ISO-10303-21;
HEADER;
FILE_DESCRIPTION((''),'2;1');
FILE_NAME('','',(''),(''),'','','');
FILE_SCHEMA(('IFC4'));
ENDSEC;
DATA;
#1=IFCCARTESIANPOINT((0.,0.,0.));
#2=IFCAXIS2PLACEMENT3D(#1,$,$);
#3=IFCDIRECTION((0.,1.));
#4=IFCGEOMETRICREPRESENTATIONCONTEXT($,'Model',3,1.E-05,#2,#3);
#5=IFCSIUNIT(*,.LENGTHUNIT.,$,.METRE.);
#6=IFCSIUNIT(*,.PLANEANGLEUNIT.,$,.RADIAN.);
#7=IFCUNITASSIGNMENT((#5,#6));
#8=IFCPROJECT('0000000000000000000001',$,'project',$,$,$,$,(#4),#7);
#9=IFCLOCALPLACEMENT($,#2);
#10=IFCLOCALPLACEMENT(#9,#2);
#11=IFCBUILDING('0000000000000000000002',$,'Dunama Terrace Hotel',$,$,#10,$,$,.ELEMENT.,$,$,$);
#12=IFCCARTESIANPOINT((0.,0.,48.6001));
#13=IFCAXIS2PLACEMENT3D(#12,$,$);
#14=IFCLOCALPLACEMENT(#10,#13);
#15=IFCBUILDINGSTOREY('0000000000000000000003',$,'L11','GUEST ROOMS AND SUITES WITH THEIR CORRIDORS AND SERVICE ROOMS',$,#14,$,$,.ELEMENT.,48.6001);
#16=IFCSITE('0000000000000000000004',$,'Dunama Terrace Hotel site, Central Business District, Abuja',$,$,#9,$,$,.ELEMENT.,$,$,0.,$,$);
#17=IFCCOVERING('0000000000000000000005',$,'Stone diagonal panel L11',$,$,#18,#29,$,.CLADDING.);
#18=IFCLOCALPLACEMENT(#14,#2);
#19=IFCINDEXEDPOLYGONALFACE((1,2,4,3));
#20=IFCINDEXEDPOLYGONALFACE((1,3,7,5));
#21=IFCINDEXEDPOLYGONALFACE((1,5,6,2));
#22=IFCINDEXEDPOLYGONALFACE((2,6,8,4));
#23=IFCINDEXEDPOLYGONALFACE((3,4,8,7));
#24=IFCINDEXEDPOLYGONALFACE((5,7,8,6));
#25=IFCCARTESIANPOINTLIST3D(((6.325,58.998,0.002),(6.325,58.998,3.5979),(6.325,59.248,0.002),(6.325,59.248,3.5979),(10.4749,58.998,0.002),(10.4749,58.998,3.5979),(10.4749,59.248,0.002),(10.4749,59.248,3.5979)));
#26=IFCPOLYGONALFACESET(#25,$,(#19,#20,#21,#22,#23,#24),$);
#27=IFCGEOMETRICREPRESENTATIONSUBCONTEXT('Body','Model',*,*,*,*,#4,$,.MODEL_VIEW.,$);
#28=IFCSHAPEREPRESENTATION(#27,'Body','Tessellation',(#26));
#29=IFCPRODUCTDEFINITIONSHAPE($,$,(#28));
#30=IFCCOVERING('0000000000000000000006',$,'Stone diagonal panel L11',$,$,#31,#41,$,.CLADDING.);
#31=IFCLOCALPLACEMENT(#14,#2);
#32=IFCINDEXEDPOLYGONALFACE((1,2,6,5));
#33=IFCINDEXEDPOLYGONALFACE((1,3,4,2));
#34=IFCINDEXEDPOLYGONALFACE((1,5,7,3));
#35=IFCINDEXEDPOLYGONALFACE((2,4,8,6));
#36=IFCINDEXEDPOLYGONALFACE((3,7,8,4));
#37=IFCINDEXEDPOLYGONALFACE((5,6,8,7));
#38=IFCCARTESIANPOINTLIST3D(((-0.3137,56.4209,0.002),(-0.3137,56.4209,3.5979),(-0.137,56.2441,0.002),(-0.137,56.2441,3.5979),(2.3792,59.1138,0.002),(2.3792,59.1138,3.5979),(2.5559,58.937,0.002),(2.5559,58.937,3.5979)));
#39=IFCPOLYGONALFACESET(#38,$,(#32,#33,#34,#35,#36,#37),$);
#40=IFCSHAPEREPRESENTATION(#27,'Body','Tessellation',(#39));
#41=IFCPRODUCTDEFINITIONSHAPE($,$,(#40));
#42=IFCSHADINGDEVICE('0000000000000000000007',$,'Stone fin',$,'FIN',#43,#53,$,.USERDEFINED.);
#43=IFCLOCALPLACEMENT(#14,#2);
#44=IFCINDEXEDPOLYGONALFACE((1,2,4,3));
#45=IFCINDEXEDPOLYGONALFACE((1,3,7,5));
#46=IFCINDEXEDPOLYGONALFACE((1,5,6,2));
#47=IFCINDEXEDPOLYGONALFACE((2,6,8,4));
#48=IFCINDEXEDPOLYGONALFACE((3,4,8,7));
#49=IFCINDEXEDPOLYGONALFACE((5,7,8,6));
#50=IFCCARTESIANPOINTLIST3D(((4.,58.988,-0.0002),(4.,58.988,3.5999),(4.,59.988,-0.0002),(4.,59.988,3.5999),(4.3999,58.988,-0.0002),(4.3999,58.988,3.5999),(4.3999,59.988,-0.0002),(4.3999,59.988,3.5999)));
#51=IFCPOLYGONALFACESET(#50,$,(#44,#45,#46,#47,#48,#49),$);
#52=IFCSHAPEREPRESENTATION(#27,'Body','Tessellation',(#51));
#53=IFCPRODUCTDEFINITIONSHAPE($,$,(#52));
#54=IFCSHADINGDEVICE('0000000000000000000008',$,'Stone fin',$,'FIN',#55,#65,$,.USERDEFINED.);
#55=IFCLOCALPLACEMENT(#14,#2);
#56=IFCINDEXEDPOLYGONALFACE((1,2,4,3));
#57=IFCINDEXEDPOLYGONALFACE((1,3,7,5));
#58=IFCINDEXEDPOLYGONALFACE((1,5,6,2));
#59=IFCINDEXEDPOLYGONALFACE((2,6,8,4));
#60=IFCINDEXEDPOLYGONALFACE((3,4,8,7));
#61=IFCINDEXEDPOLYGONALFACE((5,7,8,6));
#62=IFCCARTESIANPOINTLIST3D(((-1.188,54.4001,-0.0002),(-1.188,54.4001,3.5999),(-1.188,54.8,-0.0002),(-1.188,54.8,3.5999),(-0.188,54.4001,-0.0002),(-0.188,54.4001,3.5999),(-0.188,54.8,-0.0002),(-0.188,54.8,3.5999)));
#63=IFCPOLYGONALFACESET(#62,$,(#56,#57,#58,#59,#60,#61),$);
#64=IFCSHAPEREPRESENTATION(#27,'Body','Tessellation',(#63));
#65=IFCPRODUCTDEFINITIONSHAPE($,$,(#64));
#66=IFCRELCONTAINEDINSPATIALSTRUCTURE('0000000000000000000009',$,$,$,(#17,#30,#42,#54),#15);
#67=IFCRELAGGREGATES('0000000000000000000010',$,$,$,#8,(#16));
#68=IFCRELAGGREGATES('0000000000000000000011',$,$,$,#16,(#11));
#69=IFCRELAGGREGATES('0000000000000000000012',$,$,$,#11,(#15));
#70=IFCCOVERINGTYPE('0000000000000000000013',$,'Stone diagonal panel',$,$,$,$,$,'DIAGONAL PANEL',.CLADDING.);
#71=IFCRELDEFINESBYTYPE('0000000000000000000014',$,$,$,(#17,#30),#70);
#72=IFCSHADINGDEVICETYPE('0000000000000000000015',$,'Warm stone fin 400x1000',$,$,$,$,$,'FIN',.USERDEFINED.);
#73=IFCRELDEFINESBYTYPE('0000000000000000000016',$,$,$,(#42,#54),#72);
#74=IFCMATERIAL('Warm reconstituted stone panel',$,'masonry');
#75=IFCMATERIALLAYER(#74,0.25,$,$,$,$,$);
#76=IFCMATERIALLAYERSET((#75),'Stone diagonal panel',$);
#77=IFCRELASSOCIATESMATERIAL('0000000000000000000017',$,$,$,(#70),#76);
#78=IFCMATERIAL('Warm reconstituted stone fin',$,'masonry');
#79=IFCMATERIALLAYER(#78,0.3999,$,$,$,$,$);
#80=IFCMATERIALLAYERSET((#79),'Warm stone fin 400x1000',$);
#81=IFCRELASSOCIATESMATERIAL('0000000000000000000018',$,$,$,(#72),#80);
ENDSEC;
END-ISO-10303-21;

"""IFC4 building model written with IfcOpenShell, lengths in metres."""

from ifc_helpers import new_model, si_unit, direction, frame, origin, origin_2d, place, context, subcontext, project, spatial, rectangle, extrude, material, layer, layer_set, type_object, element, save


model = new_model("IFC4")

# Units and contexts
model_context = context("Model", 3, precision=1e-05, world=origin(), true_north=direction((0.0, 1.0)))
body_context = subcontext(model_context, "Body", "Model", "MODEL_VIEW")
ifc_project = project(units=[si_unit("LENGTHUNIT", "METRE"), si_unit("PLANEANGLEUNIT", "RADIAN")], contexts=[model_context])

# Site, building, storey
site_placement = place(None, origin())
site = spatial("IfcSite", under=ifc_project, at=site_placement, Name="Dunama Terrace Hotel site, Central Business District, Abuja", CompositionType="ELEMENT", RefElevation=0.0)
building_placement = place(site_placement, origin())
building = spatial("IfcBuilding", under=site, at=building_placement, Name="Dunama Terrace Hotel", CompositionType="ELEMENT")
storey_placement = place(building_placement, frame((0.0, 0.0, 48.6001)))
storey = spatial("IfcBuildingStorey", under=building, at=storey_placement, Name="L11", Description="GUEST ROOMS AND SUITES WITH THEIR CORRIDORS AND SERVICE ROOMS", CompositionType="ELEMENT", Elevation=48.6001)

# Coverings
ifc_material_1 = material(Name="Warm reconstituted stone panel", Category="masonry")
ifc_layer_1 = layer(ifc_material_1, 0.25)
ifc_layer_set_1 = layer_set([ifc_layer_1], Name="Stone diagonal panel")
covering_type = type_object("IfcCoveringType", Name="Stone diagonal panel", ElementType="DIAGONAL PANEL", PredefinedType="CLADDING", material=ifc_layer_set_1)
covering_1_placement = place(storey_placement, frame((8.3999, 59.123, 0.002), z_axis=(0.0, 0.0, 1.0), x_axis=(-1.0, 0.0, 0.0)))
element("IfcCovering", 1, at=covering_1_placement, inside=storey, type_object=covering_type, Name="Stone diagonal panel L11", PredefinedType="CLADDING", context=body_context, shape_type="SweptSolid", body=[
    extrude(rectangle(XDim=4.1499, YDim=0.25, at=origin_2d()), origin(), (0.0, 0.0, 1.0), 3.5959),
])
covering_2_placement = place(storey_placement, frame((1.1211, 57.679, 0.002), z_axis=(0.0, 0.0, 1.0), x_axis=(-0.707107, -0.707107, 0.0)))
element("IfcCovering", 2, at=covering_2_placement, inside=storey, type_object=covering_type, Name="Stone diagonal panel L11", PredefinedType="CLADDING", context=body_context, shape_type="SweptSolid", body=[
    extrude(rectangle(XDim=3.8083, YDim=0.25, at=origin_2d()), origin(), (0.0, 0.0, 1.0), 3.5959),
])

# Shading devices
ifc_material_2 = material(Name="Warm reconstituted stone fin", Category="masonry")
ifc_layer_2 = layer(ifc_material_2, 0.3999)
ifc_layer_set_2 = layer_set([ifc_layer_2], Name="Warm stone fin 400x1000")
shading_device_type = type_object("IfcShadingDeviceType", Name="Warm stone fin 400x1000", ElementType="FIN", PredefinedType="USERDEFINED", material=ifc_layer_set_2)
for number, where, z_axis, x_axis, name in (
    (3, (4.2, 59.488, -0.0002), (0.0, 0.0, 1.0), (-1.0, 0.0, 0.0), "Stone fin"),
    (4, (-0.688, 54.6001, -0.0002), (0.0, 0.0, 1.0), (0.0, -1.0, 0.0), "Stone fin"),
):
    element("IfcShadingDevice", number, at=place(storey_placement, frame(where, z_axis=z_axis, x_axis=x_axis)), inside=storey, type_object=shading_device_type, Name=name, ObjectType="FIN", PredefinedType="USERDEFINED", context=body_context, shape_type="SweptSolid", body=[
        extrude(rectangle(XDim=0.3999, YDim=1.0, at=origin_2d()), origin(), (0.0, 0.0, 1.0), 3.6001),
    ])

save(model, "model.ifc")
